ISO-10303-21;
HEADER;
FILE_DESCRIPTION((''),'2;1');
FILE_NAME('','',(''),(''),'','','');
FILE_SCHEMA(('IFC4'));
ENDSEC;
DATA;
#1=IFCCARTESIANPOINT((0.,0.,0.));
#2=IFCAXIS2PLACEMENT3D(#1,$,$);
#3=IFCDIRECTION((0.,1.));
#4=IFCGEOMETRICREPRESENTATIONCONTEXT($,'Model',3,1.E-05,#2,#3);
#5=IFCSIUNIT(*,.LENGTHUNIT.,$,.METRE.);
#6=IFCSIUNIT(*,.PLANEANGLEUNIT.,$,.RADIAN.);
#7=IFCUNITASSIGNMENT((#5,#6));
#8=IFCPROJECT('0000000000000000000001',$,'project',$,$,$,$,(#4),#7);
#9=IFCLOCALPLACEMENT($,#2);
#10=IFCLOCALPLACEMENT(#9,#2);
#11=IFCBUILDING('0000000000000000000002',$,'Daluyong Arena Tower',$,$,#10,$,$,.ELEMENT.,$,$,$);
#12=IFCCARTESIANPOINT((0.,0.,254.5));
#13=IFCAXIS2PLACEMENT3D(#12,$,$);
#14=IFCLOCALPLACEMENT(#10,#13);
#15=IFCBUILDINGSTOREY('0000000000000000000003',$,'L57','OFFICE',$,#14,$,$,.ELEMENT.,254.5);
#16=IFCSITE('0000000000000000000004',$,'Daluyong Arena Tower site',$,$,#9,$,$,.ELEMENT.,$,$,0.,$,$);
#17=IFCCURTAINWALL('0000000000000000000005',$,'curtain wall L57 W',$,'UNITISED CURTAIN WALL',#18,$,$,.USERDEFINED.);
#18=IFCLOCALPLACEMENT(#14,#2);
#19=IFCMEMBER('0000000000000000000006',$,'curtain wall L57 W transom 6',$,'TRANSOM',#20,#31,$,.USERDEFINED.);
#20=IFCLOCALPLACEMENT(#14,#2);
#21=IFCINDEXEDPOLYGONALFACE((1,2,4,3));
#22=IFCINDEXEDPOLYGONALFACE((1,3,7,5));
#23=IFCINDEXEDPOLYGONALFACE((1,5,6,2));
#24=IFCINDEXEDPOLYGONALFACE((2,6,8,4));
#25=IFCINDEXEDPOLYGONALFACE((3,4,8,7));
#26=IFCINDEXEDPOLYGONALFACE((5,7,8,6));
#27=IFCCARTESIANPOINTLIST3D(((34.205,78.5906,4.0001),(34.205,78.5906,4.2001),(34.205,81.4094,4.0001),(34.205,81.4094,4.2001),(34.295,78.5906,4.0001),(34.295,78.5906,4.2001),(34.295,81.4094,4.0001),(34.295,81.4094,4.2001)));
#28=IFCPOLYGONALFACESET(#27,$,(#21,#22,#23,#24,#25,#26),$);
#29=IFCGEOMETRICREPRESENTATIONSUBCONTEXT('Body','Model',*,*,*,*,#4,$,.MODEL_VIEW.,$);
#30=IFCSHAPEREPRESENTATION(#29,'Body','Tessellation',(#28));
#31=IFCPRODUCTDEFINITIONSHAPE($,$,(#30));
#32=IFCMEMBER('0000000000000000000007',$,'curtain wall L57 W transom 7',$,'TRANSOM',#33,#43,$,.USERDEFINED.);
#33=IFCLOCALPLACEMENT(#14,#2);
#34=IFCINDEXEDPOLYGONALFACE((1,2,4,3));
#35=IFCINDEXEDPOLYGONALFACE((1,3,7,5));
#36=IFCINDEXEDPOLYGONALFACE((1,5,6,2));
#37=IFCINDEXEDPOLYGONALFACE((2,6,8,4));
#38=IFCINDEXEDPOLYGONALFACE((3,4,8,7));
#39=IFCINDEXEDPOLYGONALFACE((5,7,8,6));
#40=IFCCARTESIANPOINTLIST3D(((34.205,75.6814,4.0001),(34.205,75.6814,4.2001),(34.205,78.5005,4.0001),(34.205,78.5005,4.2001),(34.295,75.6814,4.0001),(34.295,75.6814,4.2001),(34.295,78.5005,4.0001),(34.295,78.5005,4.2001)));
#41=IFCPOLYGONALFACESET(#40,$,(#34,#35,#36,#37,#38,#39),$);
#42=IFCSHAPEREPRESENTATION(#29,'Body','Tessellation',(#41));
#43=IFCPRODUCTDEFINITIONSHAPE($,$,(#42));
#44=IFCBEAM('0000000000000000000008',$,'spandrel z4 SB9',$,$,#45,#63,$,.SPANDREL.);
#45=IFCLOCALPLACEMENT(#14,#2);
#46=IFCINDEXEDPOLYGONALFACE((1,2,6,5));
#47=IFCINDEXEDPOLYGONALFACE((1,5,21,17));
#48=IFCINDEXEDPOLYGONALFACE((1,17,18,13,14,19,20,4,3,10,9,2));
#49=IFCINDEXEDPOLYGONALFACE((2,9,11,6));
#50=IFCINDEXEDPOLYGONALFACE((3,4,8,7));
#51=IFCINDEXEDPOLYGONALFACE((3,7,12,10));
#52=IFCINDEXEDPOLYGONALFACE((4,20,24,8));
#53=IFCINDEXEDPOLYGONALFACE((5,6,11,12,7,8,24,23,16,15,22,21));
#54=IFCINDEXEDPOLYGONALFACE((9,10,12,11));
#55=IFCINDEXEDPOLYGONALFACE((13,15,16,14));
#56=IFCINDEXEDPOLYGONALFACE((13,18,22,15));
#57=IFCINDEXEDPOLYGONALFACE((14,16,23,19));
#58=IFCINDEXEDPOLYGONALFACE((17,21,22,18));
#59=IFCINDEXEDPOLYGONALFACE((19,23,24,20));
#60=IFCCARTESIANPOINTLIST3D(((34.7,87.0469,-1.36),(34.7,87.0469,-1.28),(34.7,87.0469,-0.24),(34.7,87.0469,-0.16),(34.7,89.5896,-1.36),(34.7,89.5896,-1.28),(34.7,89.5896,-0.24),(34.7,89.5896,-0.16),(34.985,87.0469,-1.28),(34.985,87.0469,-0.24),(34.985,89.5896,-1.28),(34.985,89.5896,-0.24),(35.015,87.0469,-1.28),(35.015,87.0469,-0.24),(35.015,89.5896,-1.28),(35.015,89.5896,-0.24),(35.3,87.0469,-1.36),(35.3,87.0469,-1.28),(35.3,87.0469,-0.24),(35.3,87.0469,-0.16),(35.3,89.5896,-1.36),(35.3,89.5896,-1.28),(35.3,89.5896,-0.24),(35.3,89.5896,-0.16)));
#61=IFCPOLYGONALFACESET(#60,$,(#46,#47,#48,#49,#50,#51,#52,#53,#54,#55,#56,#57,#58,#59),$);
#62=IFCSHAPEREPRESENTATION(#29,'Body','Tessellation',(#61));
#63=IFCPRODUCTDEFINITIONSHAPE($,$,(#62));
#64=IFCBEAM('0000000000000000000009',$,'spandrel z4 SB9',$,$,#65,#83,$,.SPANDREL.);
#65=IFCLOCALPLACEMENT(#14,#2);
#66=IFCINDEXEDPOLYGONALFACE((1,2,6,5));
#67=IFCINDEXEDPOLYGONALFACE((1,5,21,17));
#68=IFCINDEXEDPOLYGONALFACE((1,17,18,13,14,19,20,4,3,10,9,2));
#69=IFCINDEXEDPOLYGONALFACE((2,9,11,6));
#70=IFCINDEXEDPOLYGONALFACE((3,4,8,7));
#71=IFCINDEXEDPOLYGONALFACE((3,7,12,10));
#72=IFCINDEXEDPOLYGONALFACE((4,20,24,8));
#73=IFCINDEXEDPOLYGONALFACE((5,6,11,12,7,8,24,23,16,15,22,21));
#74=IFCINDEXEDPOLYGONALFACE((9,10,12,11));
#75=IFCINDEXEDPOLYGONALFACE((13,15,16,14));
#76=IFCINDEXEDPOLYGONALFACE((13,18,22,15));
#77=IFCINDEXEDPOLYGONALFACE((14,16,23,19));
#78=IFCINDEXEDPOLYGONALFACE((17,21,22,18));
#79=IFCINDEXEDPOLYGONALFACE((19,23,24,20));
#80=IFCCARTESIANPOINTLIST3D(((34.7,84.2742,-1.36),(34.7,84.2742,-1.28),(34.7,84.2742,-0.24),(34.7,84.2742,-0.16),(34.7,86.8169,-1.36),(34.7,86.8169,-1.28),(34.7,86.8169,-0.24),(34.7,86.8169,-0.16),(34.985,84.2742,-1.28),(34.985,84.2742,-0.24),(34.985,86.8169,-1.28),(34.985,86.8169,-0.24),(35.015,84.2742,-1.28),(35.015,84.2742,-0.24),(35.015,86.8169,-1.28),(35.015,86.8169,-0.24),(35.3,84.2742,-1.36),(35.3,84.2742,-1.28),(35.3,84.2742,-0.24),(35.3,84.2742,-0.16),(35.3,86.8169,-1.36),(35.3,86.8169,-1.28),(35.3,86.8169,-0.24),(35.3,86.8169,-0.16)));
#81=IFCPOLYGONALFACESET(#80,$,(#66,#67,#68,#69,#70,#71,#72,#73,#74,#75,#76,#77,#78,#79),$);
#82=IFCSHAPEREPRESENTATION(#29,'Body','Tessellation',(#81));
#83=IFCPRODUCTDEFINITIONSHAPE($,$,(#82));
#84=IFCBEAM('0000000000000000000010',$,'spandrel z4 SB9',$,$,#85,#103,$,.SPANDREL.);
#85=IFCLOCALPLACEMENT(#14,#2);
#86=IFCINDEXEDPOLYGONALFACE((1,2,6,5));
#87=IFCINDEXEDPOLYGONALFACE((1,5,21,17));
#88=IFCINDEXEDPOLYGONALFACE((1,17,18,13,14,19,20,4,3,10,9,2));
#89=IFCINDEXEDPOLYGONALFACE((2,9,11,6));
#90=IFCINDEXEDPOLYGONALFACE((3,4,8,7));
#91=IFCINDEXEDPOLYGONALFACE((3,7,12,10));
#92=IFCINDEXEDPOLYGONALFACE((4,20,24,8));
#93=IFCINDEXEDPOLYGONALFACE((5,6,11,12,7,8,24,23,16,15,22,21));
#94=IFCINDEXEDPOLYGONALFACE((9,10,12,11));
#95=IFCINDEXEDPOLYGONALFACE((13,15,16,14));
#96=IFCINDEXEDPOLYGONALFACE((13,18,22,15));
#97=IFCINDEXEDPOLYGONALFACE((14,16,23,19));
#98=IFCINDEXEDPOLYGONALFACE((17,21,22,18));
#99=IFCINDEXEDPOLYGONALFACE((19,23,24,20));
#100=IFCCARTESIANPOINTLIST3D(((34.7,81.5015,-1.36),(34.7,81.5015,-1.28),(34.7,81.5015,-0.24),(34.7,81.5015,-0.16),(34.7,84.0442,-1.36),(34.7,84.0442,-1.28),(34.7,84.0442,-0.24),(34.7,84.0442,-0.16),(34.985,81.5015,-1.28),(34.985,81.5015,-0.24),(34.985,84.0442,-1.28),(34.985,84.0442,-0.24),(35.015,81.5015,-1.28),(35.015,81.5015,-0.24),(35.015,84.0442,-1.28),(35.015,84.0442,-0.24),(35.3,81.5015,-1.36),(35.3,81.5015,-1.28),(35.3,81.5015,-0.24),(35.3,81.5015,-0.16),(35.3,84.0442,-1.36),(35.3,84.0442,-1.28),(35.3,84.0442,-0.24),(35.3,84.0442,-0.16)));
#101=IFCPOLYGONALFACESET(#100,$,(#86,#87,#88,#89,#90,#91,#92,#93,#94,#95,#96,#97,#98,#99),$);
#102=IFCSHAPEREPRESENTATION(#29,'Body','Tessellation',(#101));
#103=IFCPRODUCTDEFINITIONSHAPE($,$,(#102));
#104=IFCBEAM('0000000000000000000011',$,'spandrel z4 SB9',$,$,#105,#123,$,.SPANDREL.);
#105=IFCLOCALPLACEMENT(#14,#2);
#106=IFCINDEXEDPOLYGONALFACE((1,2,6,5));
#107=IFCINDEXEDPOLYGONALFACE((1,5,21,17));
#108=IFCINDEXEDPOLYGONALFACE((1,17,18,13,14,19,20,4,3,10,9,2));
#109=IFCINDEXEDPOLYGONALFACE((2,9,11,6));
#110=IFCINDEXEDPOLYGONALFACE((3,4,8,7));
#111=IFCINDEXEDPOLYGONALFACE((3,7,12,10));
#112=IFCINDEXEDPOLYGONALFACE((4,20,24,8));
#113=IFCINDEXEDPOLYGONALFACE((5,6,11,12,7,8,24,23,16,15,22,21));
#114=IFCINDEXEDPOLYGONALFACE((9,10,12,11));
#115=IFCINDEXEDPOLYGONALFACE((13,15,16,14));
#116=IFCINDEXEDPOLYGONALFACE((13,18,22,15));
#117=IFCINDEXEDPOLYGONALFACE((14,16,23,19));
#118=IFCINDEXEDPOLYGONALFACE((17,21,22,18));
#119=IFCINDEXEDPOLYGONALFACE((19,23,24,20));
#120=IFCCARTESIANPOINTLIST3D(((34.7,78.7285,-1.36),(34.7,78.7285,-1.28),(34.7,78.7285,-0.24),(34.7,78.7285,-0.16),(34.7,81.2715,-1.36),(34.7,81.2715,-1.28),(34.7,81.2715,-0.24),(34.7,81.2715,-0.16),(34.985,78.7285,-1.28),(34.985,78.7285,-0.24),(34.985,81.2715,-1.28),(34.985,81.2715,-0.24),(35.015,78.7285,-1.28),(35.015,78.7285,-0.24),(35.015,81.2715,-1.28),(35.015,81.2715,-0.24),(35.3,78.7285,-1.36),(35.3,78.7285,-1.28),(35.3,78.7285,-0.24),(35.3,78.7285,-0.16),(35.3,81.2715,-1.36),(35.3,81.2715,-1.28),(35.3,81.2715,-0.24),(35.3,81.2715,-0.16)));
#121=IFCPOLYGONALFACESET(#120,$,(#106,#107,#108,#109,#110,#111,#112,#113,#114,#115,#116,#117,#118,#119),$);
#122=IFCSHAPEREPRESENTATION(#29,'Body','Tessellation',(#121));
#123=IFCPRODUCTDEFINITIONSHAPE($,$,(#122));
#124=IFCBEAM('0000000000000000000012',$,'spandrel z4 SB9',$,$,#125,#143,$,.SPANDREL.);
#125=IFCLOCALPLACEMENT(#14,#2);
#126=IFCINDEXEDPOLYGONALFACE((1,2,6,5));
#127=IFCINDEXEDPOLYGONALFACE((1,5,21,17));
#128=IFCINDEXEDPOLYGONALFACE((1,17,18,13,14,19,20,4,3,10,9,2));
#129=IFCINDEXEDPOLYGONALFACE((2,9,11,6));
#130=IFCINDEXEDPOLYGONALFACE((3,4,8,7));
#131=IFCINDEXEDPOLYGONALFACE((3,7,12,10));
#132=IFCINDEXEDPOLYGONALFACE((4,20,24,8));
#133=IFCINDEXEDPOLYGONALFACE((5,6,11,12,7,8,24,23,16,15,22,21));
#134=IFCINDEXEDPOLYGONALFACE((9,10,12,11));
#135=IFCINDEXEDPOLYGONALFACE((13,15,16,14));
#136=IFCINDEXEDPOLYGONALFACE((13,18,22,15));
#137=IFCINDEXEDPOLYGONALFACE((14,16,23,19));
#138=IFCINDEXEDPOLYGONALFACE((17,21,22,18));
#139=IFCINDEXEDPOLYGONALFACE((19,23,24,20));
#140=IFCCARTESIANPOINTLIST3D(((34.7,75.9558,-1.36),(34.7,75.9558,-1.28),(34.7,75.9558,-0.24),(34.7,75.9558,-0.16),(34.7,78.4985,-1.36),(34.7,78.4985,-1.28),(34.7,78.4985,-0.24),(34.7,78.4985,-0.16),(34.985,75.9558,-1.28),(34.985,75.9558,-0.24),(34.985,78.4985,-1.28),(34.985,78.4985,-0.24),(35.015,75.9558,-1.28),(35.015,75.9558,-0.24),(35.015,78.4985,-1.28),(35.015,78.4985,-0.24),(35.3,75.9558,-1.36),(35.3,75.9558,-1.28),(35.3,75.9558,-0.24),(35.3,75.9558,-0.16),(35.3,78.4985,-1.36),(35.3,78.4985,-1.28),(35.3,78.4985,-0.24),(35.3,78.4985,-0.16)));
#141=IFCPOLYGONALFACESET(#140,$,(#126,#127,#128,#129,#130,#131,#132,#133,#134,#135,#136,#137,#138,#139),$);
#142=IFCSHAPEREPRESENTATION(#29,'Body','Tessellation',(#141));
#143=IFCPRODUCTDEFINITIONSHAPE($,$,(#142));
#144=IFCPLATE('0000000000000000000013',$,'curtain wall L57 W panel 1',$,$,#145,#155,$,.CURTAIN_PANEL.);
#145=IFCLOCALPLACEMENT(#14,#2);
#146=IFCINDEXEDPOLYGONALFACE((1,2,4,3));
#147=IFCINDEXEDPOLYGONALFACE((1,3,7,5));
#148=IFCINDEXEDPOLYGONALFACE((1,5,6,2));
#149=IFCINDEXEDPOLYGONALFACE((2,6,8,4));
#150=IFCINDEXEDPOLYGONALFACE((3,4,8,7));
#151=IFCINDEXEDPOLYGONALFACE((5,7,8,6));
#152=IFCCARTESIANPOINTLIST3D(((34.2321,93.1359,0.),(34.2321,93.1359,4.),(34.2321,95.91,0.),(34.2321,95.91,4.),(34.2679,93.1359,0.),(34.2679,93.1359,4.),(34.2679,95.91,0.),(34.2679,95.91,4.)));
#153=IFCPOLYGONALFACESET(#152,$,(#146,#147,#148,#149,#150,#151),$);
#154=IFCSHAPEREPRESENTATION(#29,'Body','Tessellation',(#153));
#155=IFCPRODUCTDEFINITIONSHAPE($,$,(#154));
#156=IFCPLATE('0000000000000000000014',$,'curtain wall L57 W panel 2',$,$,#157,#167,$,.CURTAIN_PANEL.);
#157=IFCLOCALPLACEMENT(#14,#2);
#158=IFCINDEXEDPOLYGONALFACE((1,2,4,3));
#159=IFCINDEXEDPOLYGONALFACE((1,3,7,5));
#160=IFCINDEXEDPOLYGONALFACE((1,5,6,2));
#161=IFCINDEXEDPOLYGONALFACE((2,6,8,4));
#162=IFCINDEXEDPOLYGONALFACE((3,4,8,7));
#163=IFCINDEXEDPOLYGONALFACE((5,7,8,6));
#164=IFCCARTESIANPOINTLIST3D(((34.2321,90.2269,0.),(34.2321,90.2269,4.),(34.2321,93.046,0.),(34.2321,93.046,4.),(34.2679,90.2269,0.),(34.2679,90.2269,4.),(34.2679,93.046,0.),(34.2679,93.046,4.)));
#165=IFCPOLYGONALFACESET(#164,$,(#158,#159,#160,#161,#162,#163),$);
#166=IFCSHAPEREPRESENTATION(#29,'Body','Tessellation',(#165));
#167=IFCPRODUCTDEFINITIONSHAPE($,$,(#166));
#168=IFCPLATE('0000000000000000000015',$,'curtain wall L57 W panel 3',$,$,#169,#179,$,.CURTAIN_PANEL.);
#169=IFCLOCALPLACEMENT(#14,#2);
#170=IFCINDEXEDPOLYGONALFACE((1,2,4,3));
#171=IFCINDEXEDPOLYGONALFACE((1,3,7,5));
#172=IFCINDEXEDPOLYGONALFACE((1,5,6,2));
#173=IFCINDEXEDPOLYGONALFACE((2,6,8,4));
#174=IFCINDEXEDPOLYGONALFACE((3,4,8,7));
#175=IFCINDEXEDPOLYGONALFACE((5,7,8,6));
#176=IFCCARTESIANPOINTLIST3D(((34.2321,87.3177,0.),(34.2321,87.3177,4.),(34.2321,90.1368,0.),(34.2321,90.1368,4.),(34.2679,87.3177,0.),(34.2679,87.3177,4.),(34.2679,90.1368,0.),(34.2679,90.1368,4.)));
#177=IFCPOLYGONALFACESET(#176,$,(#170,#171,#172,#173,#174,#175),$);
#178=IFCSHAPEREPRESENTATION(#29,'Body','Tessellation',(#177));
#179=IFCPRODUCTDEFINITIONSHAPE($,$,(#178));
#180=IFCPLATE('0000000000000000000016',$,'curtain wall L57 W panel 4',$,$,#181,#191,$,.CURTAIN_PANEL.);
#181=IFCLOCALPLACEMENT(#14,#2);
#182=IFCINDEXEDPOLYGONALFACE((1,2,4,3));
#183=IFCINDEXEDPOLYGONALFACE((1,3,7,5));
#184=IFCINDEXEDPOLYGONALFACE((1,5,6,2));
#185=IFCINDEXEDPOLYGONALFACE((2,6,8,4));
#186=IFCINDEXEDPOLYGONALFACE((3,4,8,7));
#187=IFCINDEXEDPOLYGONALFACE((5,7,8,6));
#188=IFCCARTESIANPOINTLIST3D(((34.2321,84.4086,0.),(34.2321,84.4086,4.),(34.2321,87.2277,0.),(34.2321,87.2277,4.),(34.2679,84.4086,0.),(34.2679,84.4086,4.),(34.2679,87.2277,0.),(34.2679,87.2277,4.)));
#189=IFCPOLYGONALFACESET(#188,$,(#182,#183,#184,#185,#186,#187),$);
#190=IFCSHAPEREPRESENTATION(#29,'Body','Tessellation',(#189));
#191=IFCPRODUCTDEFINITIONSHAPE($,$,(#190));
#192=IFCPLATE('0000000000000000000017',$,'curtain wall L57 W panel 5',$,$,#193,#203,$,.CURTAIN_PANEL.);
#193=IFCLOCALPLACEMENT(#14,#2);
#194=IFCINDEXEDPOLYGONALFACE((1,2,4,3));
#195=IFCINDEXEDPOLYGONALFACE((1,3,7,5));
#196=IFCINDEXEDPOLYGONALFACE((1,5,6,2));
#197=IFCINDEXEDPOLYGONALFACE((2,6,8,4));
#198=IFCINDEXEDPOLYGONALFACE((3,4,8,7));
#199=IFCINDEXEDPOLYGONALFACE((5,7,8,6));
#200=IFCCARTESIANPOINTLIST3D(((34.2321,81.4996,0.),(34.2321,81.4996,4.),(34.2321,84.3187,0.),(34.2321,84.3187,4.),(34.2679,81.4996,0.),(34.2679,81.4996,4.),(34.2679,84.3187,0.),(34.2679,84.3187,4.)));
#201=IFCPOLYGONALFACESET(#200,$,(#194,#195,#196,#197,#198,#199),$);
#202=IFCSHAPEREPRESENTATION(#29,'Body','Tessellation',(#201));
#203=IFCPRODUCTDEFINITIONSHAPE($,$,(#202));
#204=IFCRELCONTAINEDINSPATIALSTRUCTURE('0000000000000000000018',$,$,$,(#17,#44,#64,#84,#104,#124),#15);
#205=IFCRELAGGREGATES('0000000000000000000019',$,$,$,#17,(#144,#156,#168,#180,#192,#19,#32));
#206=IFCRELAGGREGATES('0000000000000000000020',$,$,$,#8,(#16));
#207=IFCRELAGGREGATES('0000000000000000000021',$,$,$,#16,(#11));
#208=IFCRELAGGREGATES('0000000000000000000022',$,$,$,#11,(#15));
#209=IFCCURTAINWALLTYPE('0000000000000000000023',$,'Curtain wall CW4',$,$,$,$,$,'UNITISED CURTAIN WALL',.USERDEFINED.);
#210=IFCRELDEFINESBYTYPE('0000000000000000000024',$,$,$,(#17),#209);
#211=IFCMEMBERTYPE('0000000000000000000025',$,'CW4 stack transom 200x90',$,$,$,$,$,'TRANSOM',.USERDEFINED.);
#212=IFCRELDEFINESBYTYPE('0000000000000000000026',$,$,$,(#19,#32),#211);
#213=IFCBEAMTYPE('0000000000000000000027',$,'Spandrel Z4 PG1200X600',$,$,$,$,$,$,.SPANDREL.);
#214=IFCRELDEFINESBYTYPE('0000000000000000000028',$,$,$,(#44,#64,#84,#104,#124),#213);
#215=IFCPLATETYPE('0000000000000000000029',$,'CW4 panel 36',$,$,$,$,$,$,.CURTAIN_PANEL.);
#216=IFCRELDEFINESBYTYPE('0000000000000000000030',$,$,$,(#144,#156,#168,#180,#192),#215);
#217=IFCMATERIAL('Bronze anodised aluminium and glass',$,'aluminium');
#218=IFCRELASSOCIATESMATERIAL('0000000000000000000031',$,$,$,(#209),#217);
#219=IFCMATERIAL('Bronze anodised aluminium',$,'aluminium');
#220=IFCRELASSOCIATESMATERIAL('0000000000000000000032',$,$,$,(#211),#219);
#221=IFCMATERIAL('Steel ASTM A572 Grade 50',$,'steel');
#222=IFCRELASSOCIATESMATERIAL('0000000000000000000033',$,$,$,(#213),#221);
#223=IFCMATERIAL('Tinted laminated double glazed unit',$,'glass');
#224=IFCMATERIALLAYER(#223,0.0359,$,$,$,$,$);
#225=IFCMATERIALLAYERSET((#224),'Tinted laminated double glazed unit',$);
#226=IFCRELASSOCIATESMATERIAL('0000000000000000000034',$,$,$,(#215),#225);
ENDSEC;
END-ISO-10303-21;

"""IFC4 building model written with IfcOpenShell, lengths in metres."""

from ifc_helpers import new_model, si_unit, direction, frame, origin, origin_2d, place, context, subcontext, project, spatial, rectangle, i_section, extrude, material, layer, layer_set, material_profile, profile_set, type_object, element, aggregate, save


model = new_model("IFC4")

# Units and contexts
model_context = context("Model", 3, precision=1e-05, world=origin(), true_north=direction((0.0, 1.0)))
body_context = subcontext(model_context, "Body", "Model", "MODEL_VIEW")
ifc_project = project(units=[si_unit("LENGTHUNIT", "METRE"), si_unit("PLANEANGLEUNIT", "RADIAN")], contexts=[model_context])

# Site, building, storey
site_placement = place(None, origin())
site = spatial("IfcSite", under=ifc_project, at=site_placement, Name="Daluyong Arena Tower site", CompositionType="ELEMENT", RefElevation=0.0)
building_placement = place(site_placement, origin())
building = spatial("IfcBuilding", under=site, at=building_placement, Name="Daluyong Arena Tower", CompositionType="ELEMENT")
storey_placement = place(building_placement, frame((0.0, 0.0, 254.5)))
storey = spatial("IfcBuildingStorey", under=building, at=storey_placement, Name="L57", Description="OFFICE", CompositionType="ELEMENT", Elevation=254.5)

# Curtain wall, members
ifc_material_1 = material(Name="Bronze anodised aluminium and glass", Category="aluminium")
curtain_wall_type = type_object("IfcCurtainWallType", Name="Curtain wall CW4", ElementType="UNITISED CURTAIN WALL", PredefinedType="USERDEFINED", material=ifc_material_1)
curtain_wall_placement = place(storey_placement, origin())
curtain_wall = element("IfcCurtainWall", 1, at=curtain_wall_placement, inside=storey, type_object=curtain_wall_type, Name="curtain wall L57 W", ObjectType="UNITISED CURTAIN WALL", PredefinedType="USERDEFINED")
ifc_material_2 = material(Name="Bronze anodised aluminium", Category="aluminium")
ifc_material_profile_1 = material_profile(ifc_material_2, rectangle(XDim=0.0901, YDim=0.2, at=origin_2d()))
ifc_profile_set_1 = profile_set([ifc_material_profile_1], Name="Bronze anodised aluminium")
member_type_1 = type_object("IfcMemberType", Name="CW4 stack transom 200x90", ElementType="TRANSOM", PredefinedType="USERDEFINED", material=ifc_profile_set_1)
member_1_placement = place(storey_placement, frame((34.25, 81.4094, 4.1001), z_axis=(0.0, -1.0, 0.0), x_axis=(1.0, 0.0, 0.0)))
member_1 = element("IfcMember", 2, at=member_1_placement, type_object=member_type_1, Name="curtain wall L57 W transom 6", ObjectType="TRANSOM", PredefinedType="USERDEFINED", context=body_context, shape_type="SweptSolid", body=[
    extrude(rectangle(XDim=0.0901, YDim=0.2, at=origin_2d()), origin(), (0.0, 0.0, 1.0), 2.8188),
])
member_2_placement = place(storey_placement, frame((34.25, 78.5005, 4.1001), z_axis=(0.0, -1.0, 0.0), x_axis=(1.0, 0.0, 0.0)))
member_2 = element("IfcMember", 3, at=member_2_placement, type_object=member_type_1, Name="curtain wall L57 W transom 7", ObjectType="TRANSOM", PredefinedType="USERDEFINED", context=body_context, shape_type="SweptSolid", body=[
    extrude(rectangle(XDim=0.0901, YDim=0.2, at=origin_2d()), origin(), (0.0, 0.0, 1.0), 2.8191),
])

# Beams
ifc_material_3 = material(Name="Steel ASTM A572 Grade 50", Category="steel")
ifc_material_profile_2 = material_profile(ifc_material_3, i_section(OverallWidth=0.6001, OverallDepth=1.2, WebThickness=0.03, FlangeThickness=0.08, at=origin_2d()))
ifc_profile_set_2 = profile_set([ifc_material_profile_2], Name="Steel ASTM A572 Grade 50")
beam_type = type_object("IfcBeamType", Name="Spandrel Z4 PG1200X600", PredefinedType="SPANDREL", material=ifc_profile_set_2)
for number, where, z_axis, x_axis, name in (
    (4, (35.0, 89.5896, -0.76), (0.0, -1.0, 0.0), (1.0, 0.0, 0.0), "spandrel z4 SB9"),
    (5, (35.0, 86.8169, -0.76), (0.0, -1.0, 0.0), (1.0, 0.0, 0.0), "spandrel z4 SB9"),
    (6, (35.0, 84.0442, -0.76), (0.0, -1.0, 0.0), (1.0, 0.0, 0.0), "spandrel z4 SB9"),
):
    element("IfcBeam", number, at=place(storey_placement, frame(where, z_axis=z_axis, x_axis=x_axis)), inside=storey, type_object=beam_type, Name=name, PredefinedType="SPANDREL", context=body_context, shape_type="SweptSolid", body=[
        extrude(i_section(OverallWidth=0.6001, OverallDepth=1.2, WebThickness=0.03, FlangeThickness=0.08, at=origin_2d()), origin(), (0.0, 0.0, 1.0), 2.5427),
    ])
beam_1_placement = place(storey_placement, frame((35.0, 81.2715, -0.76), z_axis=(0.0, -1.0, 0.0), x_axis=(1.0, 0.0, 0.0)))
element("IfcBeam", 7, at=beam_1_placement, inside=storey, type_object=beam_type, Name="spandrel z4 SB9", PredefinedType="SPANDREL", context=body_context, shape_type="SweptSolid", body=[
    extrude(i_section(OverallWidth=0.6001, OverallDepth=1.2, WebThickness=0.03, FlangeThickness=0.08, at=origin_2d()), origin(), (0.0, 0.0, 1.0), 2.543),
])
beam_2_placement = place(storey_placement, frame((35.0, 78.4985, -0.76), z_axis=(0.0, -1.0, 0.0), x_axis=(1.0, 0.0, 0.0)))
element("IfcBeam", 8, at=beam_2_placement, inside=storey, type_object=beam_type, Name="spandrel z4 SB9", PredefinedType="SPANDREL", context=body_context, shape_type="SweptSolid", body=[
    extrude(i_section(OverallWidth=0.6001, OverallDepth=1.2, WebThickness=0.03, FlangeThickness=0.08, at=origin_2d()), origin(), (0.0, 0.0, 1.0), 2.5427),
])

# Plates
ifc_material_4 = material(Name="Tinted laminated double glazed unit", Category="glass")
ifc_layer = layer(ifc_material_4, 0.0359)
ifc_layer_set = layer_set([ifc_layer], Name="Tinted laminated double glazed unit")
plate_type = type_object("IfcPlateType", Name="CW4 panel 36", PredefinedType="CURTAIN_PANEL", material=ifc_layer_set)
plate_1_placement = place(storey_placement, frame((34.25, 94.5229, 0.0), z_axis=(0.0, 0.0, 1.0), x_axis=(0.0, -1.0, 0.0)))
plate_1 = element("IfcPlate", 9, at=plate_1_placement, type_object=plate_type, Name="curtain wall L57 W panel 1", PredefinedType="CURTAIN_PANEL", context=body_context, shape_type="SweptSolid", body=[
    extrude(rectangle(XDim=2.7742, YDim=0.0359, at=origin_2d()), origin(), (0.0, 0.0, 1.0), 4.0),
])
plate_2_placement = place(storey_placement, frame((34.25, 91.6365, 0.0), z_axis=(0.0, 0.0, 1.0), x_axis=(0.0, -1.0, 0.0)))
plate_2 = element("IfcPlate", 10, at=plate_2_placement, type_object=plate_type, Name="curtain wall L57 W panel 2", PredefinedType="CURTAIN_PANEL", context=body_context, shape_type="SweptSolid", body=[
    extrude(rectangle(XDim=2.8191, YDim=0.0359, at=origin_2d()), origin(), (0.0, 0.0, 1.0), 4.0),
])
plate_3_placement = place(storey_placement, frame((34.25, 88.7273, 0.0), z_axis=(0.0, 0.0, 1.0), x_axis=(0.0, -1.0, 0.0)))
plate_3 = element("IfcPlate", 11, at=plate_3_placement, type_object=plate_type, Name="curtain wall L57 W panel 3", PredefinedType="CURTAIN_PANEL", context=body_context, shape_type="SweptSolid", body=[
    extrude(rectangle(XDim=2.8191, YDim=0.0359, at=origin_2d()), origin(), (0.0, 0.0, 1.0), 4.0),
])
plate_4_placement = place(storey_placement, frame((34.25, 85.8181, 0.0), z_axis=(0.0, 0.0, 1.0), x_axis=(0.0, -1.0, 0.0)))
plate_4 = element("IfcPlate", 12, at=plate_4_placement, type_object=plate_type, Name="curtain wall L57 W panel 4", PredefinedType="CURTAIN_PANEL", context=body_context, shape_type="SweptSolid", body=[
    extrude(rectangle(XDim=2.8191, YDim=0.0359, at=origin_2d()), origin(), (0.0, 0.0, 1.0), 4.0),
])
plate_5_placement = place(storey_placement, frame((34.25, 82.9092, 0.0), z_axis=(0.0, 0.0, 1.0), x_axis=(0.0, -1.0, 0.0)))
plate_5 = element("IfcPlate", 13, at=plate_5_placement, type_object=plate_type, Name="curtain wall L57 W panel 5", PredefinedType="CURTAIN_PANEL", context=body_context, shape_type="SweptSolid", body=[
    extrude(rectangle(XDim=2.8191, YDim=0.0359, at=origin_2d()), origin(), (0.0, 0.0, 1.0), 4.0),
])
aggregate(curtain_wall, [plate_1, plate_2, plate_3, plate_4, plate_5, member_1, member_2])

save(model, "model.ifc")
